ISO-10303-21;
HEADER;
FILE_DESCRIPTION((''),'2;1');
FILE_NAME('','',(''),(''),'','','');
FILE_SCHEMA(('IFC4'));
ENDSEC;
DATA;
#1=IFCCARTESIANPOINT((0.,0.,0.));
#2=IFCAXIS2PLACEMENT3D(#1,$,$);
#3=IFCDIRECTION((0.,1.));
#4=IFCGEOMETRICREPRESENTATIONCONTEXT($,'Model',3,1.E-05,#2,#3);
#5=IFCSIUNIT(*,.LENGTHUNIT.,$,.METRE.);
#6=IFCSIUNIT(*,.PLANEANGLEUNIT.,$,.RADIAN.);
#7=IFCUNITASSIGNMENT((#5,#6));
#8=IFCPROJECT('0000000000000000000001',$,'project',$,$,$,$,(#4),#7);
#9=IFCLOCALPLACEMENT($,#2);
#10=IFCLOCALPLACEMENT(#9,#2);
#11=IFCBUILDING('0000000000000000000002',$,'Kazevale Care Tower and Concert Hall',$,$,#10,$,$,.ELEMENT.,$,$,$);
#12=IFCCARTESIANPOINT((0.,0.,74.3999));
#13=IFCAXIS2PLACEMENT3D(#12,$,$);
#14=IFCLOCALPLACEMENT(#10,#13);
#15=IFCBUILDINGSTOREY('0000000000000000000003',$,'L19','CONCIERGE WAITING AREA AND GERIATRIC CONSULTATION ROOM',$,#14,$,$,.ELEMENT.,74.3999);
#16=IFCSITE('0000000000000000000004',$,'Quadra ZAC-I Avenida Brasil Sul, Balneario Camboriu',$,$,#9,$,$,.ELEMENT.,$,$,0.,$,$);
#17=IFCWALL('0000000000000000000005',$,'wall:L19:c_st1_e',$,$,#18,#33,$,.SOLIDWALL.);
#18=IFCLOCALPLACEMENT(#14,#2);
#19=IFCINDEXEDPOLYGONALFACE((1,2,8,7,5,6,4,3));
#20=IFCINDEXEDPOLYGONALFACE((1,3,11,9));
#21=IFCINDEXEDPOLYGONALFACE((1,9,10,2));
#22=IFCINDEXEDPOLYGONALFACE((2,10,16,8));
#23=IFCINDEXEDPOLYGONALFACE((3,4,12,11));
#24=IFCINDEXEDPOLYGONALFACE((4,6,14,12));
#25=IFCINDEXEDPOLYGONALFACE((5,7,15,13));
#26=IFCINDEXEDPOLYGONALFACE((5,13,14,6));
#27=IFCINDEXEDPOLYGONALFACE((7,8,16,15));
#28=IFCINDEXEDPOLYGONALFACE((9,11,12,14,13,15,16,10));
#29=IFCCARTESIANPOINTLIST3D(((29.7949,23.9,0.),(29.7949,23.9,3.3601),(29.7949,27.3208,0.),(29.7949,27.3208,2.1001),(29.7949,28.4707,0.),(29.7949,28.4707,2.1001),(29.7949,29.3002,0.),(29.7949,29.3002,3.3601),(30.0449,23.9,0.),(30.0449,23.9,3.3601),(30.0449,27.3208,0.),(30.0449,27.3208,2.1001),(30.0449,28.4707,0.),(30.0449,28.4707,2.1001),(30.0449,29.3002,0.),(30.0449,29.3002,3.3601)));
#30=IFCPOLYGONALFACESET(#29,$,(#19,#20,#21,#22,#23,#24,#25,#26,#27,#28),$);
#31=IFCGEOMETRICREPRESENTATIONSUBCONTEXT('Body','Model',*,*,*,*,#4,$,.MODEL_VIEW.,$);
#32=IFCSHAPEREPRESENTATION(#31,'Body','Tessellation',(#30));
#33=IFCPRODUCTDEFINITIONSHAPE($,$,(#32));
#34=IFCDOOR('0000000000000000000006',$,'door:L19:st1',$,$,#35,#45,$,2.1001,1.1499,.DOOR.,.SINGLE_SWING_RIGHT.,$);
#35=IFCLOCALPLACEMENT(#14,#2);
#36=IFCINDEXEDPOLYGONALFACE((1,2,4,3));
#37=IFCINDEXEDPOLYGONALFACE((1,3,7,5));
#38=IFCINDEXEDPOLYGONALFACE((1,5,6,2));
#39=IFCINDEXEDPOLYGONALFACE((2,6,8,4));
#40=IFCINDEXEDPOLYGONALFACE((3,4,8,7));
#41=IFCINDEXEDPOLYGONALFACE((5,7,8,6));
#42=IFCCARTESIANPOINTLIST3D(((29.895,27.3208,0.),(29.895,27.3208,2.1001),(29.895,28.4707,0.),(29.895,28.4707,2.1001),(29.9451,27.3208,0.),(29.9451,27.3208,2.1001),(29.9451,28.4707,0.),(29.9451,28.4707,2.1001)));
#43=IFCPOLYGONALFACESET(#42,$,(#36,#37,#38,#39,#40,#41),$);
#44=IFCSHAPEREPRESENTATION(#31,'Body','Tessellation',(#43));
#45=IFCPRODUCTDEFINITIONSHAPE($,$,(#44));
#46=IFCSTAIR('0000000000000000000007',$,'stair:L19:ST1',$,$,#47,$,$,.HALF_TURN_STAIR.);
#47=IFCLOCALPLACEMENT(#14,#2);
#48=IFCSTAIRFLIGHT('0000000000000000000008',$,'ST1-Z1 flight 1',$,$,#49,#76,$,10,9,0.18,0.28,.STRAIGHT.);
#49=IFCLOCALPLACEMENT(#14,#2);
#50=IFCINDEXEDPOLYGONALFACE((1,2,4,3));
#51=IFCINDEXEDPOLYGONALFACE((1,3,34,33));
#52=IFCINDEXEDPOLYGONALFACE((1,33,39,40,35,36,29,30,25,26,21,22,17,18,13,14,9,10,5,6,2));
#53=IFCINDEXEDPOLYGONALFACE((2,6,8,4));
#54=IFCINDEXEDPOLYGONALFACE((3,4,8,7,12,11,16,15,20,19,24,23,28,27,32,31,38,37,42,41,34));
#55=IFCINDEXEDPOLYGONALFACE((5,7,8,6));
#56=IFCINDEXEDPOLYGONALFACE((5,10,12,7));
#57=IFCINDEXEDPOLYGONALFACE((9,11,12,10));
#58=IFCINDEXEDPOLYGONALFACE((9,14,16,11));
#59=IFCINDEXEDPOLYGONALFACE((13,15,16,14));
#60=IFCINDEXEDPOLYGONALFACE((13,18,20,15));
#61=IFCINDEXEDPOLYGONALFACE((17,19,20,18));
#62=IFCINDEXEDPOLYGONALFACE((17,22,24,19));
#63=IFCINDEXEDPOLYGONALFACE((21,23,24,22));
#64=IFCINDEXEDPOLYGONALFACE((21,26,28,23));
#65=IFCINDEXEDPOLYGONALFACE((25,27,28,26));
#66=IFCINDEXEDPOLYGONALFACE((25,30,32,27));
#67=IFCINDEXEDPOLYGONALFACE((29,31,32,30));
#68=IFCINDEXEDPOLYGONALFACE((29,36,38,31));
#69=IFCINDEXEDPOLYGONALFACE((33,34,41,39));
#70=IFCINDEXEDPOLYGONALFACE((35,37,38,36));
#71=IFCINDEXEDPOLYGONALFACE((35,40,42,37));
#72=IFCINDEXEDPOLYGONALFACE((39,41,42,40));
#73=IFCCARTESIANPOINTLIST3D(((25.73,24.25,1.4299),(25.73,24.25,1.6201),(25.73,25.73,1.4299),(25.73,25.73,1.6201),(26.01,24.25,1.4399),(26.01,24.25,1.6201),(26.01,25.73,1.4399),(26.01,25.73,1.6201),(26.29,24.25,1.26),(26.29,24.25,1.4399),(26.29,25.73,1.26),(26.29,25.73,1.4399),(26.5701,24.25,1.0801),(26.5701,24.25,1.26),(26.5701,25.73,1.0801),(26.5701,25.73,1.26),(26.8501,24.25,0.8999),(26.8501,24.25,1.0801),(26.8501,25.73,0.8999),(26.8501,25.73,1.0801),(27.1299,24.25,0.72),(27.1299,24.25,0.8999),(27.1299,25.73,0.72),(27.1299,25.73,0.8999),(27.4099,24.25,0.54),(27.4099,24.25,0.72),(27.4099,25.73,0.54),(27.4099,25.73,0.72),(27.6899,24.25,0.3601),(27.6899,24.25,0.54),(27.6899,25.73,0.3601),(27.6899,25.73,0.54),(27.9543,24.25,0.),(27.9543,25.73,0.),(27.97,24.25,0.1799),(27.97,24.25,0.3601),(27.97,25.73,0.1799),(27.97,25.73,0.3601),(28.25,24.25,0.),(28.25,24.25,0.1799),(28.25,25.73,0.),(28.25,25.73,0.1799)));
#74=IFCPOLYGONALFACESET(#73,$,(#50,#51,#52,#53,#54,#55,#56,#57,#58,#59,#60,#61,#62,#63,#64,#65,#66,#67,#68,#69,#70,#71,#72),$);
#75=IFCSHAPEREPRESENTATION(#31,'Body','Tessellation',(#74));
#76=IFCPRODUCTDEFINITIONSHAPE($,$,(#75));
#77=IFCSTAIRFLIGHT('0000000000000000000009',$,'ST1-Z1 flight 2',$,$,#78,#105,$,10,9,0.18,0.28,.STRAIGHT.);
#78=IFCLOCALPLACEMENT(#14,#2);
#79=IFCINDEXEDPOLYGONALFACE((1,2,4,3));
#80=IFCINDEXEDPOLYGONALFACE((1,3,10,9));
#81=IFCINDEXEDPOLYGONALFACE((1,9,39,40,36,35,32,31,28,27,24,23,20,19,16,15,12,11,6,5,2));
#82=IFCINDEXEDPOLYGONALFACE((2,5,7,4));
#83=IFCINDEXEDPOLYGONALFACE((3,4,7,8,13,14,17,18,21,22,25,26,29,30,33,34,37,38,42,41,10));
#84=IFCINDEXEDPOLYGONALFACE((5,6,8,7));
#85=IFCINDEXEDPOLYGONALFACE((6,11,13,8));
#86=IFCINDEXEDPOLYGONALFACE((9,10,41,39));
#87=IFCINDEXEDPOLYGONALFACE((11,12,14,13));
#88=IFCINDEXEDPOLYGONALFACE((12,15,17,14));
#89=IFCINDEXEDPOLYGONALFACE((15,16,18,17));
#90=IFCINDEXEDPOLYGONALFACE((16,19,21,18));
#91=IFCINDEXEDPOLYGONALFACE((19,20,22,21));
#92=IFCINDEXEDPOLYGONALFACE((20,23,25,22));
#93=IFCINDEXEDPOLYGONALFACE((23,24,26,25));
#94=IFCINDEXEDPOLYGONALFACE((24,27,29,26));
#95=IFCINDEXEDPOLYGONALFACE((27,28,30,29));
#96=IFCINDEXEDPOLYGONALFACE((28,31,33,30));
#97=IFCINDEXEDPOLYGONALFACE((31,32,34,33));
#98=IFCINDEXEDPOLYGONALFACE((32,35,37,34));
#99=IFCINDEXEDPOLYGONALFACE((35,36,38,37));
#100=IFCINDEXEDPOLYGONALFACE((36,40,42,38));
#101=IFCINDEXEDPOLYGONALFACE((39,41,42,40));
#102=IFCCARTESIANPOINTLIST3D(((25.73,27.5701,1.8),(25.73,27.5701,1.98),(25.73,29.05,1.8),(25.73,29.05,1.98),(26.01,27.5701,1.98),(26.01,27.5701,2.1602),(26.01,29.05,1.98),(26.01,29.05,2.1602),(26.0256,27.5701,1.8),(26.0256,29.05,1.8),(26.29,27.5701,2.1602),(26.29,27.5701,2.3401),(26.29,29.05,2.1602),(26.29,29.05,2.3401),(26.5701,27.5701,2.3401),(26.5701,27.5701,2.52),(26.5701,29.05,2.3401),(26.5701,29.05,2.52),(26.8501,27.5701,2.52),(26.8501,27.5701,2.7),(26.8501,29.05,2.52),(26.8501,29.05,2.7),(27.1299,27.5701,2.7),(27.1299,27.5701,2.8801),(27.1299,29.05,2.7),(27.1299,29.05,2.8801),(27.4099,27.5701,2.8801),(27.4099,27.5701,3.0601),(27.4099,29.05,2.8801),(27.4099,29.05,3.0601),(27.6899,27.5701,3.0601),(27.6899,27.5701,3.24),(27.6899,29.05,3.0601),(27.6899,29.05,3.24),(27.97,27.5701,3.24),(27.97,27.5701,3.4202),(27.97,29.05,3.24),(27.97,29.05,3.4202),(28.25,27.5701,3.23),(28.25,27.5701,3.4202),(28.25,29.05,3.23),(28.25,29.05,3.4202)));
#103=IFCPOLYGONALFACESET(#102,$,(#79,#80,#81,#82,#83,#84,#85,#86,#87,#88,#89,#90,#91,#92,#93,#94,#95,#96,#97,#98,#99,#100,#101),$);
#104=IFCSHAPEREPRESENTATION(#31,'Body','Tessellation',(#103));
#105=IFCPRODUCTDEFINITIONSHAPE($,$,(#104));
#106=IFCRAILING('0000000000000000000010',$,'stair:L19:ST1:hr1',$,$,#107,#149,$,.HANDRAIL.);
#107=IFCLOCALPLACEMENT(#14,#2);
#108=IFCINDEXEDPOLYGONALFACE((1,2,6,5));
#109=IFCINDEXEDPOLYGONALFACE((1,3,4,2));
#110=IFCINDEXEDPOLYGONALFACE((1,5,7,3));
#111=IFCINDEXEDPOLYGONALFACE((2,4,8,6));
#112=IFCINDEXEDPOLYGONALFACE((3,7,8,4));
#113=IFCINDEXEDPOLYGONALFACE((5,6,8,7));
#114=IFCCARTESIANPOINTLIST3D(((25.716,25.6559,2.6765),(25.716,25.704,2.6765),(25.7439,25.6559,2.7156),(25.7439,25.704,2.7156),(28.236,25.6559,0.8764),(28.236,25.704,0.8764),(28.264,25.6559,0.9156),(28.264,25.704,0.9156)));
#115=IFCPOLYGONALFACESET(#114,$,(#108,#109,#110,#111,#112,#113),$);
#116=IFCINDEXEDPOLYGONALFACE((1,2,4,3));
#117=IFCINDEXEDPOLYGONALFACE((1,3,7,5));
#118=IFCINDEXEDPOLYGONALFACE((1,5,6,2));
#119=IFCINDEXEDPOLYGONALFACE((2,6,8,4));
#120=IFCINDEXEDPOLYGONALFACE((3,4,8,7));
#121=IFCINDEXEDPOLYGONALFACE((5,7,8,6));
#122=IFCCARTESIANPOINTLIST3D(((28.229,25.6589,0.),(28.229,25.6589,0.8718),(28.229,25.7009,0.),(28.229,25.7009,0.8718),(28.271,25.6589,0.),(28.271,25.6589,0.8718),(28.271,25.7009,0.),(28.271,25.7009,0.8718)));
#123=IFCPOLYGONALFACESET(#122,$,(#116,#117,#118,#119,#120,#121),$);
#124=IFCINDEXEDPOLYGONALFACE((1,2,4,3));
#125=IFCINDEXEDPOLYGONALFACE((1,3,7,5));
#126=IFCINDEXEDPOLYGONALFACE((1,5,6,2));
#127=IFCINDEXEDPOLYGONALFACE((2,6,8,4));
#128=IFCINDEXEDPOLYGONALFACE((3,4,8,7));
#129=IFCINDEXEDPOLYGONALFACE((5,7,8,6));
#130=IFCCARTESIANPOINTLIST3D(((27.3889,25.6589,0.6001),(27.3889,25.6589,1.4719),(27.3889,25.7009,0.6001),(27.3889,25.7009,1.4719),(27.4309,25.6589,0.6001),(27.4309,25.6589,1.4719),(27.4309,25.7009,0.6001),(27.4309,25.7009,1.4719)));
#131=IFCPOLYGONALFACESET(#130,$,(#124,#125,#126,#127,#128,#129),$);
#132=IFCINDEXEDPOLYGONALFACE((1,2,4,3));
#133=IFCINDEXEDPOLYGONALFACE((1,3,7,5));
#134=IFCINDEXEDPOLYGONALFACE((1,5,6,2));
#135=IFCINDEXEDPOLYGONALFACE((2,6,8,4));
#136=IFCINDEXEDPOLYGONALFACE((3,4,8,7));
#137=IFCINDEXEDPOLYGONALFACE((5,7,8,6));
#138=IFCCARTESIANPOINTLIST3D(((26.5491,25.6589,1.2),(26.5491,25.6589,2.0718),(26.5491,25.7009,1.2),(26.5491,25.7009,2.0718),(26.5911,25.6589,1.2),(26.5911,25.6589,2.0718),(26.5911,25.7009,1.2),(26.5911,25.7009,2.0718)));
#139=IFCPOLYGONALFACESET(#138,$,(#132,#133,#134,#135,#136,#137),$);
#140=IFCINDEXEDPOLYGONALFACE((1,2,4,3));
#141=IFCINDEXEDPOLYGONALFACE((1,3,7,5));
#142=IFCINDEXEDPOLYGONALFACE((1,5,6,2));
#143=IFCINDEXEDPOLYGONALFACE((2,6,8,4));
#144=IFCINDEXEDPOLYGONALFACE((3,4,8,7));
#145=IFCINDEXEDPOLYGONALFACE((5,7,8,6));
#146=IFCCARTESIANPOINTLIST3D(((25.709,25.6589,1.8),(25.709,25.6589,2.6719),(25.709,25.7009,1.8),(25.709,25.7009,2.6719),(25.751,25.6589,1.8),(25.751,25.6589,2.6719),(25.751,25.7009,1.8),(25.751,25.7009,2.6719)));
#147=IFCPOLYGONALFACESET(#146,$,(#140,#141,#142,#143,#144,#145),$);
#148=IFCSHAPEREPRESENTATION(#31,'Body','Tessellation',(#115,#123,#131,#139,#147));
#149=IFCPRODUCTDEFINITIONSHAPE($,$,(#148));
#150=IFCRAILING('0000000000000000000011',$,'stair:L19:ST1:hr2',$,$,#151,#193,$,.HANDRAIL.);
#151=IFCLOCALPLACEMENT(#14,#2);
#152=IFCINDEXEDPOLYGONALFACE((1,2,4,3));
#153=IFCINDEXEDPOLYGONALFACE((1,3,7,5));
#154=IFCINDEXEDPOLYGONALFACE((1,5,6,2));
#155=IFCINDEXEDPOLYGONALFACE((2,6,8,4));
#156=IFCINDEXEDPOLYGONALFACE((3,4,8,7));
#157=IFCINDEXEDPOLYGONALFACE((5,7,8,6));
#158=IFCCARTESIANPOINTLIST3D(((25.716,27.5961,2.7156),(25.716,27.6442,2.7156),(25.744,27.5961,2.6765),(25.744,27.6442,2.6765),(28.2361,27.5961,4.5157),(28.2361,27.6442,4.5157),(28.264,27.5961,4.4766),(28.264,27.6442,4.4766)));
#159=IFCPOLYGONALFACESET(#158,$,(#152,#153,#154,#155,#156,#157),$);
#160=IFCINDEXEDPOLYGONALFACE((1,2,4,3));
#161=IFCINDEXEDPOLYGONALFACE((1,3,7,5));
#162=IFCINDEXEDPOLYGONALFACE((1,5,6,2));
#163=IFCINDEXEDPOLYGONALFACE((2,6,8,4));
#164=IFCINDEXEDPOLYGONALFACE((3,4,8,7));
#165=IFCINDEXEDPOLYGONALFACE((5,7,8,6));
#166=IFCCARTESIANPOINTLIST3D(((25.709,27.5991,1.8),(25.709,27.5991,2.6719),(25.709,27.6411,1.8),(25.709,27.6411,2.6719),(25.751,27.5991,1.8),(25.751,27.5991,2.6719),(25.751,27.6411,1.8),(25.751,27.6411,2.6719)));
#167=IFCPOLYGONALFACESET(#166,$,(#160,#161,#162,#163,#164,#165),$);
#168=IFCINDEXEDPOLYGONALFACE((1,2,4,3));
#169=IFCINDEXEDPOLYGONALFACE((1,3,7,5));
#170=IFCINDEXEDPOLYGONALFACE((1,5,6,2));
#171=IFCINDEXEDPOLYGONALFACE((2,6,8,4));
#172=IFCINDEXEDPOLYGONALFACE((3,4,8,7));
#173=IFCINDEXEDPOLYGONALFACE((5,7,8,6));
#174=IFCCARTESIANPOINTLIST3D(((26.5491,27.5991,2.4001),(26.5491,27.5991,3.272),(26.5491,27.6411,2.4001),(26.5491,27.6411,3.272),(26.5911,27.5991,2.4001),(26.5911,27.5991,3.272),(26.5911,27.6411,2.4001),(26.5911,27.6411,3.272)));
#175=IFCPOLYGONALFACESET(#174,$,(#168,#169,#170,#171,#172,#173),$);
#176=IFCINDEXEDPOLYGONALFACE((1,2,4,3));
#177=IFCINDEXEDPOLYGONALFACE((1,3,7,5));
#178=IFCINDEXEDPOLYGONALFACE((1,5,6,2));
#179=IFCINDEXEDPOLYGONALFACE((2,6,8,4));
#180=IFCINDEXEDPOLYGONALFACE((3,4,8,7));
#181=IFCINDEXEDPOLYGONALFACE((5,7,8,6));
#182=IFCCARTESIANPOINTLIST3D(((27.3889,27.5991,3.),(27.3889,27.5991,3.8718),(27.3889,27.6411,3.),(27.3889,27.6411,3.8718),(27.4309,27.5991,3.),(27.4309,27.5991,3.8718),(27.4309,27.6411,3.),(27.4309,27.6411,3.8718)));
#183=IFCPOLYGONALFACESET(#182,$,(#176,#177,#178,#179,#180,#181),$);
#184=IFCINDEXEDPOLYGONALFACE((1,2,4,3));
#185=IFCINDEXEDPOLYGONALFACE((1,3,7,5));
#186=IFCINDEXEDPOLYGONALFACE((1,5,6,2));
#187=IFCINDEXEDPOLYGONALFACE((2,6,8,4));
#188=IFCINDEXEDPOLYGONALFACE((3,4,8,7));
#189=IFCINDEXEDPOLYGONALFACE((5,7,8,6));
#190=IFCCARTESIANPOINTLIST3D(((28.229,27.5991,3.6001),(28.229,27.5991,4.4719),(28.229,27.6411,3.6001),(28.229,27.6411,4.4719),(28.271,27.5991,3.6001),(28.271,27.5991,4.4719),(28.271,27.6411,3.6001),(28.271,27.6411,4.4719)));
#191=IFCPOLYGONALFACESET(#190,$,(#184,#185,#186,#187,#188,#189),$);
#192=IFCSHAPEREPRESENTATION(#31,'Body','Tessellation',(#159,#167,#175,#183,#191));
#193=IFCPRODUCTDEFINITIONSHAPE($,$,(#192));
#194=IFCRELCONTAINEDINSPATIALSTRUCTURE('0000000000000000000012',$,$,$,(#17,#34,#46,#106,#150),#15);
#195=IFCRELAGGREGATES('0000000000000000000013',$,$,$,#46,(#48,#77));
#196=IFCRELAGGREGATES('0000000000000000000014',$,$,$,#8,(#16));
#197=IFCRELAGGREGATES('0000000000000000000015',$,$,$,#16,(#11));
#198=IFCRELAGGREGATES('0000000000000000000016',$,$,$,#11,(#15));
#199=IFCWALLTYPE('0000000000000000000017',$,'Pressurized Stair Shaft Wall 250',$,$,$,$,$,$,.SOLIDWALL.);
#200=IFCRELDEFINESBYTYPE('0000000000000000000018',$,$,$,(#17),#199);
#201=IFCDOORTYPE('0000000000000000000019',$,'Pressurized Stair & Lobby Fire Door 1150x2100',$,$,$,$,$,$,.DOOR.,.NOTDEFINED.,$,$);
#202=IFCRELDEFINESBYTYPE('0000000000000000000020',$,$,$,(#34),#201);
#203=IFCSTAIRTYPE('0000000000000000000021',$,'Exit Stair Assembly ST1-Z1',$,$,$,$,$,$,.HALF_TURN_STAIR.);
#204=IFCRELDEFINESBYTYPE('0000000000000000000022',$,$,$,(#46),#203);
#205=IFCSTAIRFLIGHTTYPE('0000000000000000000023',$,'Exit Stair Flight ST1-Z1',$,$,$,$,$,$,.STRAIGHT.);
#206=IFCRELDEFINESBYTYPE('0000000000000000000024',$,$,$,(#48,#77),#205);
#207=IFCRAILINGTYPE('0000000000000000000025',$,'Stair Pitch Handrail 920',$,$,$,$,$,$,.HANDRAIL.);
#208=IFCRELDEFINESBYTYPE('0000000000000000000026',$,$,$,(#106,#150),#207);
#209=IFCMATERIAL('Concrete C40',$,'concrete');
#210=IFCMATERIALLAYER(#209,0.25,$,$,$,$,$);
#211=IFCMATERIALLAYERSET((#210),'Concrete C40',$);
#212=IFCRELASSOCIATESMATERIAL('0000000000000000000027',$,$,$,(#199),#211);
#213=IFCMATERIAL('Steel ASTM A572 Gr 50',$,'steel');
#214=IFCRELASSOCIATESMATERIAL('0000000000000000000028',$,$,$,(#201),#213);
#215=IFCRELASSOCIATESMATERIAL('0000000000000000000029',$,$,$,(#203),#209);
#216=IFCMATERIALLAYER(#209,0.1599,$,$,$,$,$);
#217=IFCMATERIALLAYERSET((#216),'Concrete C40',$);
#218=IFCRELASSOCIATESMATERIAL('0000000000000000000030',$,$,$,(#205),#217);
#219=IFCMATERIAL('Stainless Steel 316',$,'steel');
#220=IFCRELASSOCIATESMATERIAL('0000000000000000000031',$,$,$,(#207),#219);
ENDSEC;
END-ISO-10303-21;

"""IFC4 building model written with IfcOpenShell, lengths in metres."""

from ifc_helpers import new_model, si_unit, direction, frame, frame_2d, origin, origin_2d, place, context, subcontext, project, spatial, polyline, rectangle, outline, extrude, material, layer, layer_set, type_object, element, fill, aggregate, save


model = new_model("IFC4")

# Units and contexts
model_context = context("Model", 3, precision=1e-05, world=origin(), true_north=direction((0.0, 1.0)))
body_context = subcontext(model_context, "Body", "Model", "MODEL_VIEW")
ifc_project = project(units=[si_unit("LENGTHUNIT", "METRE"), si_unit("PLANEANGLEUNIT", "RADIAN")], contexts=[model_context])

# Site, building, storey
site_placement = place(None, origin())
site = spatial("IfcSite", under=ifc_project, at=site_placement, Name="Quadra ZAC-I Avenida Brasil Sul, Balneario Camboriu", CompositionType="ELEMENT", RefElevation=0.0)
building_placement = place(site_placement, origin())
building = spatial("IfcBuilding", under=site, at=building_placement, Name="Kazevale Care Tower and Concert Hall", CompositionType="ELEMENT")
storey_placement = place(building_placement, frame((0.0, 0.0, 74.3999)))
storey = spatial("IfcBuildingStorey", under=building, at=storey_placement, Name="L19", Description="CONCIERGE WAITING AREA AND GERIATRIC CONSULTATION ROOM", CompositionType="ELEMENT", Elevation=74.3999)

# Shared definitions
ifc_material_1 = material(Name="Steel ASTM A572 Gr 50", Category="steel")

# Shared definitions
ifc_material_2 = material(Name="Concrete C40", Category="concrete")
ifc_material_3 = material(Name="Stainless Steel 316", Category="steel")

# Wall, opening, door
ifc_layer_1 = layer(ifc_material_2, 0.25)
ifc_layer_set_1 = layer_set([ifc_layer_1], Name="Concrete C40")
wall_type_1 = type_object("IfcWallType", Name="Pressurized Stair Shaft Wall 250", PredefinedType="SOLIDWALL", material=ifc_layer_set_1)
wall_1_placement = place(storey_placement, frame((29.9199, 23.8999, 0.0), z_axis=(0.0, 0.0, 1.0), x_axis=(0.0, 1.0, 0.0)))
wall_1 = element("IfcWall", 1, at=wall_1_placement, inside=storey, type_object=wall_type_1, Name="wall:L19:c_st1_e", PredefinedType="SOLIDWALL", context=body_context, shape_type="SweptSolid", body=[
    extrude(rectangle(XDim=5.4001, YDim=0.25, at=frame_2d((2.7002, 0.0))), origin(), (0.0, 0.0, 1.0), 3.3601),
])
opening_1_placement = place(wall_1_placement, frame((3.4209, 0.0, 0.0)))
opening_1 = element("IfcOpeningElement", 2, at=opening_1_placement, cuts=wall_1, PredefinedType="OPENING", context=body_context, shape_type="SweptSolid", body=[
    extrude(rectangle(XDim=1.1499, YDim=2.1001, at=frame_2d((0.575, 1.05))), frame((0.0, 0.135, 0.0), z_axis=(0.0, -1.0, 0.0), x_axis=(1.0, 0.0, 0.0)), (0.0, 0.0, 1.0), 0.27),
])
door_type_1 = type_object("IfcDoorType", Name="Pressurized Stair & Lobby Fire Door 1150x2100", OperationType="NOTDEFINED", PredefinedType="DOOR", material=ifc_material_1)
door_1_placement = place(opening_1_placement, origin())
door_1 = element("IfcDoor", 3, at=door_1_placement, inside=storey, type_object=door_type_1, Name="door:L19:st1", OperationType="SINGLE_SWING_RIGHT", OverallHeight=2.1001, OverallWidth=1.1499, PredefinedType="DOOR", context=body_context, shape_type="SweptSolid", body=[
    extrude(rectangle(XDim=1.1499, YDim=2.1001, at=frame_2d((0.575, 1.05))), frame((0.0, 0.0249, 0.0), z_axis=(0.0, -1.0, 0.0), x_axis=(1.0, 0.0, 0.0)), (0.0, 0.0, 1.0), 0.05),
])
fill(opening_1, door_1)

# Stair, stair flights
stair_type = type_object("IfcStairType", Name="Exit Stair Assembly ST1-Z1", PredefinedType="HALF_TURN_STAIR", material=ifc_material_2)
stair_placement = place(storey_placement, origin())
stair = element("IfcStair", 4, at=stair_placement, inside=storey, type_object=stair_type, Name="stair:L19:ST1", PredefinedType="HALF_TURN_STAIR")
ifc_layer_2 = layer(ifc_material_2, 0.1599)
ifc_layer_set_2 = layer_set([ifc_layer_2], Name="Concrete C40")
stair_flight_type = type_object("IfcStairFlightType", Name="Exit Stair Flight ST1-Z1", PredefinedType="STRAIGHT", material=ifc_layer_set_2)
stair_flight_1_placement = place(storey_placement, frame((28.25, 24.99, 0.0), z_axis=(0.0, 0.0, 1.0), x_axis=(-1.0, 0.0, 0.0)))
stair_flight_1 = element("IfcStairFlight", 5, at=stair_flight_1_placement, type_object=stair_flight_type, Name="ST1-Z1 flight 1", NumberOfRisers=10, NumberOfTreads=9, PredefinedType="STRAIGHT", RiserHeight=0.18, TreadLength=0.28, context=body_context, shape_type="SweptSolid", body=[
    extrude(outline(polyline([(0.0, 0.0), (0.0, 0.1799), (0.28, 0.1799), (0.28, 0.3601), (0.5601, 0.3601), (0.5601, 0.54), (0.8401, 0.54), (0.8401, 0.72), (1.1201, 0.72), (1.1201, 0.8999), (1.3999, 0.8999), (1.3999, 1.0801), (1.6799, 1.0801), (1.6799, 1.26), (1.96, 1.26), (1.96, 1.4399), (2.24, 1.4399), (2.24, 1.6201), (2.52, 1.6201), (2.52, 1.8), (2.52, 1.4299), (0.2957, 0.0), (0.0, 0.0)])), frame((0.0, 0.74, 0.0), z_axis=(0.0, -1.0, 0.0), x_axis=(1.0, 0.0, 0.0)), (0.0, 0.0, 1.0), 1.48),
])
stair_flight_2_placement = place(storey_placement, frame((25.73, 28.3101, 1.8), z_axis=(0.0, 0.0, 1.0), x_axis=(1.0, 0.0, 0.0)))
stair_flight_2 = element("IfcStairFlight", 6, at=stair_flight_2_placement, type_object=stair_flight_type, Name="ST1-Z1 flight 2", NumberOfRisers=10, NumberOfTreads=9, PredefinedType="STRAIGHT", RiserHeight=0.18, TreadLength=0.28, context=body_context, shape_type="SweptSolid", body=[
    extrude(outline(polyline([(0.0, 0.0), (0.0, 0.1799), (0.28, 0.1799), (0.28, 0.3601), (0.5601, 0.3601), (0.5601, 0.54), (0.8401, 0.54), (0.8401, 0.72), (1.1201, 0.72), (1.1201, 0.8999), (1.3999, 0.8999), (1.3999, 1.0801), (1.6799, 1.0801), (1.6799, 1.26), (1.96, 1.26), (1.96, 1.4399), (2.24, 1.4399), (2.24, 1.6201), (2.52, 1.6201), (2.52, 1.8), (2.52, 1.4299), (0.2957, 0.0), (0.0, 0.0)])), frame((0.0, 0.74, 0.0), z_axis=(0.0, -1.0, 0.0), x_axis=(1.0, 0.0, 0.0)), (0.0, 0.0, 1.0), 1.48),
])
aggregate(stair, [stair_flight_1, stair_flight_2])

# Railings
railing_type_1 = type_object("IfcRailingType", Name="Stair Pitch Handrail 920", PredefinedType="HANDRAIL", material=ifc_material_3)
railing_1_placement = place(storey_placement, frame((28.25, 25.6799, 0.0)))
element("IfcRailing", 7, at=railing_1_placement, inside=storey, type_object=railing_type_1, Name="stair:L19:ST1:hr1", PredefinedType="HANDRAIL", context=body_context, shape_type="SweptSolid", body=[
    extrude(rectangle(XDim=0.0481, YDim=0.0481, at=origin_2d()), frame((0.0, 0.0, 0.896), z_axis=(-0.813728, 0.0, 0.581246), x_axis=(0.0, -1.0, 0.0)), (0.0, 0.0, 1.0), 3.0969),
    extrude(rectangle(XDim=0.042, YDim=0.042, at=origin_2d()), origin(), (0.0, 0.0, 1.0), 0.8718),
    extrude(rectangle(XDim=0.042, YDim=0.042, at=origin_2d()), frame((-0.8401, 0.0, 0.6001)), (0.0, 0.0, 1.0), 0.8718),
    extrude(rectangle(XDim=0.042, YDim=0.042, at=origin_2d()), frame((-1.6799, 0.0, 1.2)), (0.0, 0.0, 1.0), 0.8718),
    extrude(rectangle(XDim=0.042, YDim=0.042, at=origin_2d()), frame((-2.52, 0.0, 1.8)), (0.0, 0.0, 1.0), 0.8718),
])
railing_2_placement = place(storey_placement, frame((25.73, 27.6201, 1.8)))
element("IfcRailing", 8, at=railing_2_placement, inside=storey, type_object=railing_type_1, Name="stair:L19:ST1:hr2", PredefinedType="HANDRAIL", context=body_context, shape_type="SweptSolid", body=[
    extrude(rectangle(XDim=0.0481, YDim=0.0481, at=origin_2d()), frame((0.0, 0.0, 0.896), z_axis=(0.813728, 0.0, 0.581246), x_axis=(0.0, 1.0, 0.0)), (0.0, 0.0, 1.0), 3.0969),
    extrude(rectangle(XDim=0.042, YDim=0.042, at=origin_2d()), origin(), (0.0, 0.0, 1.0), 0.8718),
    extrude(rectangle(XDim=0.042, YDim=0.042, at=origin_2d()), frame((0.8401, 0.0, 0.6001)), (0.0, 0.0, 1.0), 0.8718),
    extrude(rectangle(XDim=0.042, YDim=0.042, at=origin_2d()), frame((1.6799, 0.0, 1.2)), (0.0, 0.0, 1.0), 0.8718),
    extrude(rectangle(XDim=0.042, YDim=0.042, at=origin_2d()), frame((2.52, 0.0, 1.8)), (0.0, 0.0, 1.0), 0.8718),
])

save(model, "model.ifc")
